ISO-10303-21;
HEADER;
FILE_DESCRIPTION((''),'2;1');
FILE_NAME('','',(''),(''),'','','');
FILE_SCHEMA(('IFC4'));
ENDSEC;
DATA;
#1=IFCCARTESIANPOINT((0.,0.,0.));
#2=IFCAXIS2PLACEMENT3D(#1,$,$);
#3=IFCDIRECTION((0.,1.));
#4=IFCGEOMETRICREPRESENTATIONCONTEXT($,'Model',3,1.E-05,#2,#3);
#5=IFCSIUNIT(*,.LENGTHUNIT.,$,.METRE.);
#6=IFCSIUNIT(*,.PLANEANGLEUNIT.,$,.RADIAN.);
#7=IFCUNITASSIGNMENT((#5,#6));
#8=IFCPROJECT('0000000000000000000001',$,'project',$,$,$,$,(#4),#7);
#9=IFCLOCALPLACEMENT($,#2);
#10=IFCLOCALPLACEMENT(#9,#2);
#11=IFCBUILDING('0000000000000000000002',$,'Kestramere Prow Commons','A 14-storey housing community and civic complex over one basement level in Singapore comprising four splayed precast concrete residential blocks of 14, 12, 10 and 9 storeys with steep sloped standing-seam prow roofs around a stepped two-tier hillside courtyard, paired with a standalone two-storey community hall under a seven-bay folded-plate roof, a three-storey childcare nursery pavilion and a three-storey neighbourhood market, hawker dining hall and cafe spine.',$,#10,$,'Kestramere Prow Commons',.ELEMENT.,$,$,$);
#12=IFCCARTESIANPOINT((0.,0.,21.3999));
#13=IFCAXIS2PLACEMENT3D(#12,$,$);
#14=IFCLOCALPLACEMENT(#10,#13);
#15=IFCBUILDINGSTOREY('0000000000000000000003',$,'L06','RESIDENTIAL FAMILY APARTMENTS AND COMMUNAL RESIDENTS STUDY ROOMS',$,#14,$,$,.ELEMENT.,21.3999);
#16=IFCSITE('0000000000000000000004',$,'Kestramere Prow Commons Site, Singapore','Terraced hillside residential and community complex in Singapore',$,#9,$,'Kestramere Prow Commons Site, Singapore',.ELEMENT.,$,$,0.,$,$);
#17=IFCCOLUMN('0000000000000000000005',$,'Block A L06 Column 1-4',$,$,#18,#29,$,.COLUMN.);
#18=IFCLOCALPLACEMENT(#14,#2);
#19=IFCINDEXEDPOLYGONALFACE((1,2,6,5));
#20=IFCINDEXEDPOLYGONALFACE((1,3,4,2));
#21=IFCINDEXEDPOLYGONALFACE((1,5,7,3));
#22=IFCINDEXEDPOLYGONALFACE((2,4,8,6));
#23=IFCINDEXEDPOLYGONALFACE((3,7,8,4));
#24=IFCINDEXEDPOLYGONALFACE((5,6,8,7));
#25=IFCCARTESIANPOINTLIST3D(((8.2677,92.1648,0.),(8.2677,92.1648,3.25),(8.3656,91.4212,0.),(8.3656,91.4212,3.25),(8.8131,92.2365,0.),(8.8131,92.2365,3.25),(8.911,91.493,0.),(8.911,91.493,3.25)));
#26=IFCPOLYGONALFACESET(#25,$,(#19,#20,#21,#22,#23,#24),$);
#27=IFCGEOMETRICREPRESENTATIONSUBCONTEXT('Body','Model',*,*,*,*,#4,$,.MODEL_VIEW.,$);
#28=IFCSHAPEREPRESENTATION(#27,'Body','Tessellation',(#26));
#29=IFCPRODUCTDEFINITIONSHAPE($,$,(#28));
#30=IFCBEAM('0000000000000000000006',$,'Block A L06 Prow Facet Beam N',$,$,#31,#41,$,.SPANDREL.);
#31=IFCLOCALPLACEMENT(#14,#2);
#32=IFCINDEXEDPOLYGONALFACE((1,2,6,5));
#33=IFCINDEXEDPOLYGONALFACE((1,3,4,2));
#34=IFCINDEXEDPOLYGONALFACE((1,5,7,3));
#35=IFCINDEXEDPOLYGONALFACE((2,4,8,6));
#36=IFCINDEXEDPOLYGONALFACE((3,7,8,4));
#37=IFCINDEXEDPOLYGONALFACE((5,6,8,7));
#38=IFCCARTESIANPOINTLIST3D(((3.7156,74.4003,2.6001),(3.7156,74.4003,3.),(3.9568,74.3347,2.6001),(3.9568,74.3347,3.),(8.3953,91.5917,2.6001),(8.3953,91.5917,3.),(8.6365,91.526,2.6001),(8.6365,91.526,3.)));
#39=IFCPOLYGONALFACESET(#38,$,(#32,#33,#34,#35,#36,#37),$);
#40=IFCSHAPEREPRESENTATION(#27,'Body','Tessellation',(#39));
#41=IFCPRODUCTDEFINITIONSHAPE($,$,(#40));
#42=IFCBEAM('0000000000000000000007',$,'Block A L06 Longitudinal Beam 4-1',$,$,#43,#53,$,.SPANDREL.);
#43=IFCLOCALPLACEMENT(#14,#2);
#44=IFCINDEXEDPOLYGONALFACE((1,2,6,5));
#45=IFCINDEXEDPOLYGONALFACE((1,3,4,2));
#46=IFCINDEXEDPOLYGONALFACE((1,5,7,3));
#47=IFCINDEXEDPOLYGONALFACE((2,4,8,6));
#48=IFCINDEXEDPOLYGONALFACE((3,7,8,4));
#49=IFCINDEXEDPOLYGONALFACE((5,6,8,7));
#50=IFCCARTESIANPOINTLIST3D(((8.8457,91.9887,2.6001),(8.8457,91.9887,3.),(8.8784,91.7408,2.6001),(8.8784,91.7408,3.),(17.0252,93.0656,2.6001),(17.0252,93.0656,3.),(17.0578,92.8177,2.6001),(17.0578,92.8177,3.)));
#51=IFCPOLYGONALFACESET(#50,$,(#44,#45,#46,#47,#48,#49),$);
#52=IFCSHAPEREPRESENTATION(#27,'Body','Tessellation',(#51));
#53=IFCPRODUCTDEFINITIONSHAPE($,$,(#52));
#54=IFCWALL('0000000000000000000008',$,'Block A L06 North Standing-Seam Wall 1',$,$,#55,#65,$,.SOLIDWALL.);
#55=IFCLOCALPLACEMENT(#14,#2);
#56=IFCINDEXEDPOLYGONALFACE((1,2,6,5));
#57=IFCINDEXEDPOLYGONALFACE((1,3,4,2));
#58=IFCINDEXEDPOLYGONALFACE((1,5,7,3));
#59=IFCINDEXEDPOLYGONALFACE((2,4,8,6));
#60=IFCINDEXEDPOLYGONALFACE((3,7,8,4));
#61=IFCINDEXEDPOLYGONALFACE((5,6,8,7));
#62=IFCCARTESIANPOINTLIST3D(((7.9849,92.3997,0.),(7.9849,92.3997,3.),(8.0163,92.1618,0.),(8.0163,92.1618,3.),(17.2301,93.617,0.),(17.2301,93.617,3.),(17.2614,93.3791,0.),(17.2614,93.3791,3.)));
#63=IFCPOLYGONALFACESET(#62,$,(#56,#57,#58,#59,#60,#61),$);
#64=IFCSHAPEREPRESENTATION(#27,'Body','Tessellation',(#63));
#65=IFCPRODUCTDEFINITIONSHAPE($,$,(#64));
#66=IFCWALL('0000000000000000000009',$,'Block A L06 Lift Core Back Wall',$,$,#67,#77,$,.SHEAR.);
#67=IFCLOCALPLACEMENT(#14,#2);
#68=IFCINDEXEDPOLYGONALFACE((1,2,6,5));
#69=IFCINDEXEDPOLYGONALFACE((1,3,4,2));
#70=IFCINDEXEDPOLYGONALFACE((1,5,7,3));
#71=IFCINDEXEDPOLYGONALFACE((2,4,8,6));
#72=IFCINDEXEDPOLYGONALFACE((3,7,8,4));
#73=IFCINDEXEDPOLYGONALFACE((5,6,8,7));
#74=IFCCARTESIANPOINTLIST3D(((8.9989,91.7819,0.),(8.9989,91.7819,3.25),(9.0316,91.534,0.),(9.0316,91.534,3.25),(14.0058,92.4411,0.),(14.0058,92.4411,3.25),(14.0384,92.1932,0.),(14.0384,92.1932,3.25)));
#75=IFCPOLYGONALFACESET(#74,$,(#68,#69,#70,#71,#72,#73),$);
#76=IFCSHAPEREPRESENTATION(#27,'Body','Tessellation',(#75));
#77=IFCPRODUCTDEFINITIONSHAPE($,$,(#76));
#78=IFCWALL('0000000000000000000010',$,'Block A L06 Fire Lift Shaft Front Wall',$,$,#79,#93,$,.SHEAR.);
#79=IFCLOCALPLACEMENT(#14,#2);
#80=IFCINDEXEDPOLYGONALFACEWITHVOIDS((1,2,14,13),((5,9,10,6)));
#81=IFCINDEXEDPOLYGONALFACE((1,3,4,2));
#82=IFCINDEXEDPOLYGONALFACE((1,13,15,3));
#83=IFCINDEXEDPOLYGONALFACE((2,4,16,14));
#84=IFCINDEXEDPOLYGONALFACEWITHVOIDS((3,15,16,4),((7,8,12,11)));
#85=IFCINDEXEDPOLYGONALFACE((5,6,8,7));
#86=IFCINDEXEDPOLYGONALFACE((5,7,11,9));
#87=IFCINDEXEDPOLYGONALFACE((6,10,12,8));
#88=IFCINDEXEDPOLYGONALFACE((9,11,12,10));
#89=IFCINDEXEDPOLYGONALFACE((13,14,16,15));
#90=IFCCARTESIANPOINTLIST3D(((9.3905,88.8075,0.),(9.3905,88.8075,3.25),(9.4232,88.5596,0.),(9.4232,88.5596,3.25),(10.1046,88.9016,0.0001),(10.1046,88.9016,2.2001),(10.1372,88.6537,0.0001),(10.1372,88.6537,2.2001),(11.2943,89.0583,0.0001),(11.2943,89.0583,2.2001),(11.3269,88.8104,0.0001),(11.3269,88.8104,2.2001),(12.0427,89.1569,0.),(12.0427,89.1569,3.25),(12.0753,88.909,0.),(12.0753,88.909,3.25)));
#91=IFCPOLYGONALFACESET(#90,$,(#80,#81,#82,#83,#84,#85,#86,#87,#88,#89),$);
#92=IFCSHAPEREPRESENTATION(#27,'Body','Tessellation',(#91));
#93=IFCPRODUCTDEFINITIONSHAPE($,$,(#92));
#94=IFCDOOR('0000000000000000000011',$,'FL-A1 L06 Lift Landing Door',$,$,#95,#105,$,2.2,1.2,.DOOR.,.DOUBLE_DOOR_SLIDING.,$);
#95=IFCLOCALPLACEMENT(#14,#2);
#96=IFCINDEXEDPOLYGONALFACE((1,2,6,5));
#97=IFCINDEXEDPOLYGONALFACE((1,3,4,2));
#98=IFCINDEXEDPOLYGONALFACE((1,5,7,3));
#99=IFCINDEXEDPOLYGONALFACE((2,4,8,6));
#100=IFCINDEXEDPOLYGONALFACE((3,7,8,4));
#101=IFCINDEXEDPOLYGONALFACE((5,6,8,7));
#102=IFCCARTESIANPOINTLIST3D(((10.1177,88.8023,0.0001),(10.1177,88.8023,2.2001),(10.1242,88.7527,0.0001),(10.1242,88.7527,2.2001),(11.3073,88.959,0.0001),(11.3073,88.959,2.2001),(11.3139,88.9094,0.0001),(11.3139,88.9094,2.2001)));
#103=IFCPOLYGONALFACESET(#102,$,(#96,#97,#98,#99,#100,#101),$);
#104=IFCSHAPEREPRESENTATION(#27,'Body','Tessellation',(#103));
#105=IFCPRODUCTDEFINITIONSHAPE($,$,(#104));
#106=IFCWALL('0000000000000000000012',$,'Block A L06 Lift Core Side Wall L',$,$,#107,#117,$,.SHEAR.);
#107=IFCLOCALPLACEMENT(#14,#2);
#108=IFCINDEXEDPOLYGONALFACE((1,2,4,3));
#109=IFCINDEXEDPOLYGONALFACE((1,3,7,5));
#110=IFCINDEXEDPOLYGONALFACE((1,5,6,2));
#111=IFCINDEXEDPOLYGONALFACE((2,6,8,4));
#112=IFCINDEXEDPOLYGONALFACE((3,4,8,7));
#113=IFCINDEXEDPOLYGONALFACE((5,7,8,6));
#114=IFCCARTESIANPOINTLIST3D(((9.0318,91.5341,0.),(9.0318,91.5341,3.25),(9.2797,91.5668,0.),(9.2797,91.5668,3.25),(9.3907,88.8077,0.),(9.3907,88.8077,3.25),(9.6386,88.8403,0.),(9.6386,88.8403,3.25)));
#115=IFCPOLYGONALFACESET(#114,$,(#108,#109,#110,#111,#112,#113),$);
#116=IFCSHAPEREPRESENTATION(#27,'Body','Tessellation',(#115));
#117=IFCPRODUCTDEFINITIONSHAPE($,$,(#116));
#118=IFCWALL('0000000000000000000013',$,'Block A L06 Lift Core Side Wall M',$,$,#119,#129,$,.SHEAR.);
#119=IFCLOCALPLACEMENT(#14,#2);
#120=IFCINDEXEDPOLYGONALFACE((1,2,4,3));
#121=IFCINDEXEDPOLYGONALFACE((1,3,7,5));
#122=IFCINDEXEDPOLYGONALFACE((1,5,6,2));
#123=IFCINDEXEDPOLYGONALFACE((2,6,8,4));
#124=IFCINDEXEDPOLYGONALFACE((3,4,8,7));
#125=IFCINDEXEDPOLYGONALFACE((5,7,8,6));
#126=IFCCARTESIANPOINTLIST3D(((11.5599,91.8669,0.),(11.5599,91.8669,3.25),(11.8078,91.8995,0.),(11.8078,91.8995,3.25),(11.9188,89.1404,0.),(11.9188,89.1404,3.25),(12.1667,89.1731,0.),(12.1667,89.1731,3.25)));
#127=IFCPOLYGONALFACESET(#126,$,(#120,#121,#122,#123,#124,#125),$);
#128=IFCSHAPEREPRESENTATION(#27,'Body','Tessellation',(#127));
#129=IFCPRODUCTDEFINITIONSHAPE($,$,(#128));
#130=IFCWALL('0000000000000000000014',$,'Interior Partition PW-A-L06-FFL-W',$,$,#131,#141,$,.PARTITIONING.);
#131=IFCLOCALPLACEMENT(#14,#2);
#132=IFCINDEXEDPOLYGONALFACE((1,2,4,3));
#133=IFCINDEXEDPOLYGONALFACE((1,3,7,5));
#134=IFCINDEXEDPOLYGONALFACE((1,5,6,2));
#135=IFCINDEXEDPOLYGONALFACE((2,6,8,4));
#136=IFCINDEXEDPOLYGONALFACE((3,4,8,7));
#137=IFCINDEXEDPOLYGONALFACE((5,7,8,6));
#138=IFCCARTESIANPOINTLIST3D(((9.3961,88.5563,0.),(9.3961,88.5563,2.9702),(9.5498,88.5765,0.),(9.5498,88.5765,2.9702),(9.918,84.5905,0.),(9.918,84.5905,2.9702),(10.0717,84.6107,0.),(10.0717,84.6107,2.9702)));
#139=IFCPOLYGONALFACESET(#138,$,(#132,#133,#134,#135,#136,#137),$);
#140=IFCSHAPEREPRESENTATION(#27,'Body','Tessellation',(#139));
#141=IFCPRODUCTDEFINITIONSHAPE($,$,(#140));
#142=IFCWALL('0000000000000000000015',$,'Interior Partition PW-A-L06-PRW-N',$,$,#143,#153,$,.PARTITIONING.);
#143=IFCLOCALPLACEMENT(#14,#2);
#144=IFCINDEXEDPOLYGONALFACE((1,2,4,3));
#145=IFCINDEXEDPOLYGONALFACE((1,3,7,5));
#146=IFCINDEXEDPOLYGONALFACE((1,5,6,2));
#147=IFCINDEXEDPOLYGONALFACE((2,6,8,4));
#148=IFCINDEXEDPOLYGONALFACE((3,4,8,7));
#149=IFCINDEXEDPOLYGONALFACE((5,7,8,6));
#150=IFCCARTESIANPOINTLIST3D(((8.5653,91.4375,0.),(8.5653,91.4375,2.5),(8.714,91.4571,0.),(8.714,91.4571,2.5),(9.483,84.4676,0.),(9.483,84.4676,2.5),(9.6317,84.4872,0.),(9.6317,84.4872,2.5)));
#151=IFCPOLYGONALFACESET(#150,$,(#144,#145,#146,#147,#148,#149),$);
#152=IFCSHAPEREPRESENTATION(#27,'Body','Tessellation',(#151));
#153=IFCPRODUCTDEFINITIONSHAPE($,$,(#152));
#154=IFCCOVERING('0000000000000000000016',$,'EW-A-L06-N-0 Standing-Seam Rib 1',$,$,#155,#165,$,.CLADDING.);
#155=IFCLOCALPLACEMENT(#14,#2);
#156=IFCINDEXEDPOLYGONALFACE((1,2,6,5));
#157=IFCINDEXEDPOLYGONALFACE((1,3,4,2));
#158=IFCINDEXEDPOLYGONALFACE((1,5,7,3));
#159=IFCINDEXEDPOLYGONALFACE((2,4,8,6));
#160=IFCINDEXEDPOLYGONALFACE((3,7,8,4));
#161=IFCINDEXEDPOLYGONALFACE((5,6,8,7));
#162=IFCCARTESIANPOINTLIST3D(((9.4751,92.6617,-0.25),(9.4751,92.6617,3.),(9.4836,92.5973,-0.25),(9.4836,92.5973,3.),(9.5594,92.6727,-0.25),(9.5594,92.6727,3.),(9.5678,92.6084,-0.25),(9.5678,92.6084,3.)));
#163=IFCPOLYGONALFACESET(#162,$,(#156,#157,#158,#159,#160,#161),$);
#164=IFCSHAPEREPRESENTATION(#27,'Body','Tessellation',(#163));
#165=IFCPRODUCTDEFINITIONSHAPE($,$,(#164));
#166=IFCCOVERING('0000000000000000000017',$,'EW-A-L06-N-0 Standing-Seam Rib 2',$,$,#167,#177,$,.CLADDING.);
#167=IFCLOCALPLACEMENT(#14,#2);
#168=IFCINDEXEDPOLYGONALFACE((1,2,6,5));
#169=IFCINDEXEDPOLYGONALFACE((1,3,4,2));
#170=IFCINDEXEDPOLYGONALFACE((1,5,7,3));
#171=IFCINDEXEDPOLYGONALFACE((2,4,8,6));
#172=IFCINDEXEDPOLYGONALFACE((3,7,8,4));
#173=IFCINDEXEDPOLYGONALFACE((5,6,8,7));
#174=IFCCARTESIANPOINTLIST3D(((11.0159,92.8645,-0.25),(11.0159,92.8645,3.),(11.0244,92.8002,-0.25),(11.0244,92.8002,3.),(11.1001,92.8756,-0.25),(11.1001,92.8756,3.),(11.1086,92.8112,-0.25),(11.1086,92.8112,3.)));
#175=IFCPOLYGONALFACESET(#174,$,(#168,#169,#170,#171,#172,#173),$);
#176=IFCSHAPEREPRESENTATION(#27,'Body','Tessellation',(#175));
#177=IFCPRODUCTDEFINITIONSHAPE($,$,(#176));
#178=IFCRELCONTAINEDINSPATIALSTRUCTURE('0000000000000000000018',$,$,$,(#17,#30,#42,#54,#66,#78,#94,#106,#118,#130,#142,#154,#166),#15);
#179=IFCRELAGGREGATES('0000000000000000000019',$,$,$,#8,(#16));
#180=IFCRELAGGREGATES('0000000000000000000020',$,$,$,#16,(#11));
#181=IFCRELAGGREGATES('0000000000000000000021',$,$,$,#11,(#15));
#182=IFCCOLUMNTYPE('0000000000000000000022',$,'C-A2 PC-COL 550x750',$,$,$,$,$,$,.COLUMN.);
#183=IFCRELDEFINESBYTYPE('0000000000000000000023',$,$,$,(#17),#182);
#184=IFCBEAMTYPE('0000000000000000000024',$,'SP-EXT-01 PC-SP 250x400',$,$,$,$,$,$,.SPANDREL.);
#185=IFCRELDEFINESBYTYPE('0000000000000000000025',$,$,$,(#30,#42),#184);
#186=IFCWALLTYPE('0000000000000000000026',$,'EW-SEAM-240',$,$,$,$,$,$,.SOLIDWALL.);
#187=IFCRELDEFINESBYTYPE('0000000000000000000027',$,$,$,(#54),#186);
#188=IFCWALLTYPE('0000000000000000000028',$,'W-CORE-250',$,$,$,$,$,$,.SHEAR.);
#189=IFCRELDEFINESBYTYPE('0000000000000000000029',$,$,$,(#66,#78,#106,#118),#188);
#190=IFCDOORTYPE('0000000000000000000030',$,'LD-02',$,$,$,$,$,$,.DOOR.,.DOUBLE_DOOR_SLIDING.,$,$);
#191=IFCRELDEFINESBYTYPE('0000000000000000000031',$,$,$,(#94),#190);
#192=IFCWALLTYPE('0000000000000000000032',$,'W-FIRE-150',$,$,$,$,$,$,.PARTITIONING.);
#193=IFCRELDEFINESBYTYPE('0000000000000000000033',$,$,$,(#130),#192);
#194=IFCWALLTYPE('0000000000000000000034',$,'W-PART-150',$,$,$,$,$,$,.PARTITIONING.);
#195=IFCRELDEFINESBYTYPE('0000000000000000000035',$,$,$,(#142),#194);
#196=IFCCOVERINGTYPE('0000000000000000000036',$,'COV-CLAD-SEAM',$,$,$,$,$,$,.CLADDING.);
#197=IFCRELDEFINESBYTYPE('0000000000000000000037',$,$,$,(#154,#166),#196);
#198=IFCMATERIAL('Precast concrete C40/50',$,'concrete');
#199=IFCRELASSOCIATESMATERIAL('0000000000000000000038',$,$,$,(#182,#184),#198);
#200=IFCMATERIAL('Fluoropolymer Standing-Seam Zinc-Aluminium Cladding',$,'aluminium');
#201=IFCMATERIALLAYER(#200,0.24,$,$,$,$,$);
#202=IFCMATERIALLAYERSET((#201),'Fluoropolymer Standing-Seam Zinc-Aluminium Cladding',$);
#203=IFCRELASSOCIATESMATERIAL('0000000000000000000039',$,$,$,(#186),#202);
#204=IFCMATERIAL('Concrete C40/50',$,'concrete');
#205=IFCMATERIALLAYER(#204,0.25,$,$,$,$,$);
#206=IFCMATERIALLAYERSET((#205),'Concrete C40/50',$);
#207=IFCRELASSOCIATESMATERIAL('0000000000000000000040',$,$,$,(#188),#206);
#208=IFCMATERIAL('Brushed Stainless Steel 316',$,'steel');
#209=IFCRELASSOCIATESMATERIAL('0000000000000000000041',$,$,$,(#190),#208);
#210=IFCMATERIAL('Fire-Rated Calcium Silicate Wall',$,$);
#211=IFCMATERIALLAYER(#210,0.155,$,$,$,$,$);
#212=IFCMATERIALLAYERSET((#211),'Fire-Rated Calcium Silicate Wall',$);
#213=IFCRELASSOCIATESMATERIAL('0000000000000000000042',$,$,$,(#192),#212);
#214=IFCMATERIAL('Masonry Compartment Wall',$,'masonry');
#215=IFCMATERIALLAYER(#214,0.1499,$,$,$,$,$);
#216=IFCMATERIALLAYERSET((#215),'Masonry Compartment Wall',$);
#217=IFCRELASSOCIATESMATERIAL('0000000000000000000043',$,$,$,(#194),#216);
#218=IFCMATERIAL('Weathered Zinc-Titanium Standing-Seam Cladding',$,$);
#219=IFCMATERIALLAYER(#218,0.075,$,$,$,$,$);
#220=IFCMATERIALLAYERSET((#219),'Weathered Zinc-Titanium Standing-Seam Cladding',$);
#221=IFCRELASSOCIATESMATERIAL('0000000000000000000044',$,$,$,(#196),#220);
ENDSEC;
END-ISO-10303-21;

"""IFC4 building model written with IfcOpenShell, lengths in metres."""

from ifc_helpers import new_model, si_unit, direction, frame, frame_2d, origin, origin_2d, place, context, subcontext, project, spatial, rectangle, extrude, material, layer, layer_set, material_profile, profile_set, type_object, element, fill, save


model = new_model("IFC4")

# Units and contexts
model_context = context("Model", 3, precision=1e-05, world=origin(), true_north=direction((0.0, 1.0)))
body_context = subcontext(model_context, "Body", "Model", "MODEL_VIEW")
ifc_project = project(units=[si_unit("LENGTHUNIT", "METRE"), si_unit("PLANEANGLEUNIT", "RADIAN")], contexts=[model_context])

# Site, building, storey
site_placement = place(None, origin())
site = spatial("IfcSite", under=ifc_project, at=site_placement, Name="Kestramere Prow Commons Site, Singapore", Description="Terraced hillside residential and community complex in Singapore", LongName="Kestramere Prow Commons Site, Singapore", CompositionType="ELEMENT", RefElevation=0.0)
building_placement = place(site_placement, origin())
building = spatial("IfcBuilding", under=site, at=building_placement, Name="Kestramere Prow Commons", Description="A 14-storey housing community and civic complex over one basement level in Singapore comprising four splayed precast concrete residential blocks of 14, 12, 10 and 9 storeys with steep sloped standing-seam prow roofs around a stepped two-tier hillside courtyard, paired with a standalone two-storey community hall under a seven-bay folded-plate roof, a three-storey childcare nursery pavilion and a three-storey neighbourhood market, hawker dining hall and cafe spine.", LongName="Kestramere Prow Commons", CompositionType="ELEMENT")
storey_placement = place(building_placement, frame((0.0, 0.0, 21.3999)))
storey = spatial("IfcBuildingStorey", under=building, at=storey_placement, Name="L06", Description="RESIDENTIAL FAMILY APARTMENTS AND COMMUNAL RESIDENTS STUDY ROOMS", CompositionType="ELEMENT", Elevation=21.3999)

# Column
ifc_material_1 = material(Name="Precast concrete C40/50", Category="concrete")
ifc_material_profile_1 = material_profile(ifc_material_1, rectangle(XDim=0.55, YDim=0.75, at=origin_2d()), Name="PC-COL 550x750")
ifc_profile_set_1 = profile_set([ifc_material_profile_1], Name="Precast concrete C40/50")
column_type = type_object("IfcColumnType", Name="C-A2 PC-COL 550x750", PredefinedType="COLUMN", material=ifc_profile_set_1)
column_placement = place(storey_placement, frame((8.5894, 91.8289, 0.0), z_axis=(0.0, 0.0, 1.0), x_axis=(0.991445, 0.130526, 0.0)))
element("IfcColumn", 1, at=column_placement, inside=storey, type_object=column_type, Name="Block A L06 Column 1-4", PredefinedType="COLUMN", context=body_context, shape_type="SweptSolid", body=[
    extrude(rectangle(XDim=0.55, YDim=0.75, at=origin_2d()), origin(), (0.0, 0.0, 1.0), 3.25),
])

# Beams
ifc_material_profile_2 = material_profile(ifc_material_1, rectangle(XDim=0.25, YDim=0.3999, at=origin_2d()), Name="PC-SP 250x400")
ifc_profile_set_2 = profile_set([ifc_material_profile_2], Name="Precast concrete C40/50")
beam_type = type_object("IfcBeamType", Name="SP-EXT-01 PC-SP 250x400", PredefinedType="SPANDREL", material=ifc_profile_set_2)
beam_1_placement = place(storey_placement, frame((8.5159, 91.5588, 2.8), z_axis=(-0.262654, -0.96489, 0.0), x_axis=(0.96489, -0.262654, 0.0)))
element("IfcBeam", 2, at=beam_1_placement, inside=storey, type_object=beam_type, Name="Block A L06 Prow Facet Beam N", PredefinedType="SPANDREL", context=body_context, shape_type="SweptSolid", body=[
    extrude(rectangle(XDim=0.25, YDim=0.3999, at=origin_2d()), origin(), (0.0, 0.0, 1.0), 17.8169),
])
beam_2_placement = place(storey_placement, frame((8.8621, 91.8647, 2.8), z_axis=(0.991444, 0.130533, 0.0), x_axis=(-0.130533, 0.991444, 0.0)))
element("IfcBeam", 3, at=beam_2_placement, inside=storey, type_object=beam_type, Name="Block A L06 Longitudinal Beam 4-1", PredefinedType="SPANDREL", context=body_context, shape_type="SweptSolid", body=[
    extrude(rectangle(XDim=0.25, YDim=0.3999, at=origin_2d()), origin(), (0.0, 0.0, 1.0), 8.25),
])

# Walls
ifc_material_2 = material(Name="Fluoropolymer Standing-Seam Zinc-Aluminium Cladding", Category="aluminium")
ifc_layer_1 = layer(ifc_material_2, 0.24)
ifc_layer_set_1 = layer_set([ifc_layer_1], Name="Fluoropolymer Standing-Seam Zinc-Aluminium Cladding")
wall_type_1 = type_object("IfcWallType", Name="EW-SEAM-240", PredefinedType="SOLIDWALL", material=ifc_layer_set_1)
wall_1_placement = place(storey_placement, frame((8.0005, 92.2808, 0.0), z_axis=(0.0, 0.0, 1.0), x_axis=(0.991443, 0.130541, 0.0)))
element("IfcWall", 4, at=wall_1_placement, inside=storey, type_object=wall_type_1, Name="Block A L06 North Standing-Seam Wall 1", PredefinedType="SOLIDWALL", context=body_context, shape_type="SweptSolid", body=[
    extrude(rectangle(XDim=9.325, YDim=0.24, at=frame_2d((4.6626, 0.0))), origin(), (0.0, 0.0, 1.0), 3.0),
])
ifc_material_3 = material(Name="Concrete C40/50", Category="concrete")
ifc_layer_2 = layer(ifc_material_3, 0.25)
ifc_layer_set_2 = layer_set([ifc_layer_2], Name="Concrete C40/50")
wall_type_2 = type_object("IfcWallType", Name="W-CORE-250", PredefinedType="SHEAR", material=ifc_layer_set_2)
wall_2_placement = place(storey_placement, frame((9.0154, 91.658, 0.0), z_axis=(0.0, 0.0, 1.0), x_axis=(0.991444, 0.13053, 0.0)))
element("IfcWall", 5, at=wall_2_placement, inside=storey, type_object=wall_type_2, Name="Block A L06 Lift Core Back Wall", PredefinedType="SHEAR", context=body_context, shape_type="SweptSolid", body=[
    extrude(rectangle(XDim=5.05, YDim=0.25, at=frame_2d((2.5249, 0.0))), origin(), (0.0, 0.0, 1.0), 3.25),
])

# Wall, opening, door
wall_3_placement = place(storey_placement, frame((9.407, 88.6836, 0.0), z_axis=(0.0, 0.0, 1.0), x_axis=(0.991435, 0.130603, 0.0)))
wall_3 = element("IfcWall", 6, at=wall_3_placement, inside=storey, type_object=wall_type_2, Name="Block A L06 Fire Lift Shaft Front Wall", PredefinedType="SHEAR", context=body_context, shape_type="SweptSolid", body=[
    extrude(rectangle(XDim=2.675, YDim=0.25, at=frame_2d((1.3374, 0.0))), origin(), (0.0, 0.0, 1.0), 3.25),
])
opening_1_placement = place(wall_3_placement, frame((0.72, 0.0, 0.0)))
opening_1 = element("IfcOpeningElement", 7, at=opening_1_placement, cuts=wall_3, PredefinedType="OPENING", context=body_context, shape_type="SweptSolid", body=[
    extrude(rectangle(XDim=1.2, YDim=2.2, at=frame_2d((0.6001, 1.1001))), frame((0.0, 0.1399, 0.0), z_axis=(0.0, -1.0, 0.0), x_axis=(1.0, 0.0, 0.0)), (0.0, 0.0, 1.0), 0.28),
])
ifc_material_4 = material(Name="Brushed Stainless Steel 316", Category="steel")
door_type_1 = type_object("IfcDoorType", Name="LD-02", OperationType="DOUBLE_DOOR_SLIDING", PredefinedType="DOOR", material=ifc_material_4)
door_1_placement = place(opening_1_placement, origin())
door_1 = element("IfcDoor", 8, at=door_1_placement, inside=storey, type_object=door_type_1, Name="FL-A1 L06 Lift Landing Door", OperationType="DOUBLE_DOOR_SLIDING", OverallHeight=2.2, OverallWidth=1.2, PredefinedType="DOOR", context=body_context, shape_type="SweptSolid", body=[
    extrude(rectangle(XDim=1.2, YDim=2.2, at=frame_2d((0.6001, 1.1001))), frame((0.0, 0.0249, 0.0), z_axis=(0.0, -1.0, 0.0), x_axis=(1.0, 0.0, 0.0)), (0.0, 0.0, 1.0), 0.05),
])
fill(opening_1, door_1)

# Walls
for number, where, z_axis, x_axis, name in (
    (9, (9.5146, 88.824, 0.0), (0.0, 0.0, 1.0), (-0.1305, 0.991448, 0.0), "Block A L06 Lift Core Side Wall L"),
    (10, (12.0427, 89.1567, 0.0), (0.0, 0.0, 1.0), (-0.1305, 0.991448, 0.0), "Block A L06 Lift Core Side Wall M"),
):
    element("IfcWall", number, at=place(storey_placement, frame(where, z_axis=z_axis, x_axis=x_axis)), inside=storey, type_object=wall_type_2, Name=name, PredefinedType="SHEAR", context=body_context, shape_type="SweptSolid", body=[
        extrude(rectangle(XDim=2.75, YDim=0.25, at=frame_2d((1.375, 0.0))), origin(), (0.0, 0.0, 1.0), 3.25),
    ])

# Shared definitions
ifc_material_5 = material(Name="Fire-Rated Calcium Silicate Wall")
ifc_layer_3 = layer(ifc_material_5, 0.155)
ifc_layer_set_3 = layer_set([ifc_layer_3], Name="Fire-Rated Calcium Silicate Wall")
wall_type_3 = type_object("IfcWallType", Name="W-FIRE-150", PredefinedType="PARTITIONING", material=ifc_layer_set_3)

# Walls
wall_4_placement = place(storey_placement, frame((9.9949, 84.6006, 0.0), z_axis=(0.0, 0.0, 1.0), x_axis=(-0.130492, 0.991449, 0.0)))
element("IfcWall", 11, at=wall_4_placement, inside=storey, type_object=wall_type_3, Name="Interior Partition PW-A-L06-FFL-W", PredefinedType="PARTITIONING", context=body_context, shape_type="SweptSolid", body=[
    extrude(rectangle(XDim=4.0, YDim=0.155, at=frame_2d((2.0, 0.0))), origin(), (0.0, 0.0, 1.0), 2.9702),
])
ifc_material_6 = material(Name="Masonry Compartment Wall", Category="masonry")
ifc_layer_4 = layer(ifc_material_6, 0.1499)
ifc_layer_set_4 = layer_set([ifc_layer_4], Name="Masonry Compartment Wall")
wall_type_4 = type_object("IfcWallType", Name="W-PART-150", PredefinedType="PARTITIONING", material=ifc_layer_set_4)
wall_5_placement = place(storey_placement, frame((9.5574, 84.4773, 0.0), z_axis=(0.0, 0.0, 1.0), x_axis=(-0.130542, 0.991443, 0.0)))
element("IfcWall", 12, at=wall_5_placement, inside=storey, type_object=wall_type_4, Name="Interior Partition PW-A-L06-PRW-N", PredefinedType="PARTITIONING", context=body_context, shape_type="SweptSolid", body=[
    extrude(rectangle(XDim=7.03, YDim=0.1499, at=frame_2d((3.5151, 0.0))), origin(), (0.0, 0.0, 1.0), 2.5),
])

# Coverings
ifc_material_7 = material(Name="Weathered Zinc-Titanium Standing-Seam Cladding")
ifc_layer_5 = layer(ifc_material_7, 0.075)
ifc_layer_set_5 = layer_set([ifc_layer_5], Name="Weathered Zinc-Titanium Standing-Seam Cladding")
covering_type = type_object("IfcCoveringType", Name="COV-CLAD-SEAM", PredefinedType="CLADDING", material=ifc_layer_set_5)
for number, where, z_axis, x_axis, name in (
    (13, (9.5215, 92.635, -0.25), (0.0, 0.0, 1.0), (0.991445, 0.130526, 0.0), "EW-A-L06-N-0 Standing-Seam Rib 1"),
    (14, (11.0623, 92.8379, -0.25), (0.0, 0.0, 1.0), (0.991445, 0.130526, 0.0), "EW-A-L06-N-0 Standing-Seam Rib 2"),
):
    element("IfcCovering", number, at=place(storey_placement, frame(where, z_axis=z_axis, x_axis=x_axis)), inside=storey, type_object=covering_type, Name=name, PredefinedType="CLADDING", context=body_context, shape_type="SweptSolid", body=[
        extrude(rectangle(XDim=0.085, YDim=0.0649, at=origin_2d()), origin(), (0.0, 0.0, 1.0), 3.25),
    ])

save(model, "model.ifc")
